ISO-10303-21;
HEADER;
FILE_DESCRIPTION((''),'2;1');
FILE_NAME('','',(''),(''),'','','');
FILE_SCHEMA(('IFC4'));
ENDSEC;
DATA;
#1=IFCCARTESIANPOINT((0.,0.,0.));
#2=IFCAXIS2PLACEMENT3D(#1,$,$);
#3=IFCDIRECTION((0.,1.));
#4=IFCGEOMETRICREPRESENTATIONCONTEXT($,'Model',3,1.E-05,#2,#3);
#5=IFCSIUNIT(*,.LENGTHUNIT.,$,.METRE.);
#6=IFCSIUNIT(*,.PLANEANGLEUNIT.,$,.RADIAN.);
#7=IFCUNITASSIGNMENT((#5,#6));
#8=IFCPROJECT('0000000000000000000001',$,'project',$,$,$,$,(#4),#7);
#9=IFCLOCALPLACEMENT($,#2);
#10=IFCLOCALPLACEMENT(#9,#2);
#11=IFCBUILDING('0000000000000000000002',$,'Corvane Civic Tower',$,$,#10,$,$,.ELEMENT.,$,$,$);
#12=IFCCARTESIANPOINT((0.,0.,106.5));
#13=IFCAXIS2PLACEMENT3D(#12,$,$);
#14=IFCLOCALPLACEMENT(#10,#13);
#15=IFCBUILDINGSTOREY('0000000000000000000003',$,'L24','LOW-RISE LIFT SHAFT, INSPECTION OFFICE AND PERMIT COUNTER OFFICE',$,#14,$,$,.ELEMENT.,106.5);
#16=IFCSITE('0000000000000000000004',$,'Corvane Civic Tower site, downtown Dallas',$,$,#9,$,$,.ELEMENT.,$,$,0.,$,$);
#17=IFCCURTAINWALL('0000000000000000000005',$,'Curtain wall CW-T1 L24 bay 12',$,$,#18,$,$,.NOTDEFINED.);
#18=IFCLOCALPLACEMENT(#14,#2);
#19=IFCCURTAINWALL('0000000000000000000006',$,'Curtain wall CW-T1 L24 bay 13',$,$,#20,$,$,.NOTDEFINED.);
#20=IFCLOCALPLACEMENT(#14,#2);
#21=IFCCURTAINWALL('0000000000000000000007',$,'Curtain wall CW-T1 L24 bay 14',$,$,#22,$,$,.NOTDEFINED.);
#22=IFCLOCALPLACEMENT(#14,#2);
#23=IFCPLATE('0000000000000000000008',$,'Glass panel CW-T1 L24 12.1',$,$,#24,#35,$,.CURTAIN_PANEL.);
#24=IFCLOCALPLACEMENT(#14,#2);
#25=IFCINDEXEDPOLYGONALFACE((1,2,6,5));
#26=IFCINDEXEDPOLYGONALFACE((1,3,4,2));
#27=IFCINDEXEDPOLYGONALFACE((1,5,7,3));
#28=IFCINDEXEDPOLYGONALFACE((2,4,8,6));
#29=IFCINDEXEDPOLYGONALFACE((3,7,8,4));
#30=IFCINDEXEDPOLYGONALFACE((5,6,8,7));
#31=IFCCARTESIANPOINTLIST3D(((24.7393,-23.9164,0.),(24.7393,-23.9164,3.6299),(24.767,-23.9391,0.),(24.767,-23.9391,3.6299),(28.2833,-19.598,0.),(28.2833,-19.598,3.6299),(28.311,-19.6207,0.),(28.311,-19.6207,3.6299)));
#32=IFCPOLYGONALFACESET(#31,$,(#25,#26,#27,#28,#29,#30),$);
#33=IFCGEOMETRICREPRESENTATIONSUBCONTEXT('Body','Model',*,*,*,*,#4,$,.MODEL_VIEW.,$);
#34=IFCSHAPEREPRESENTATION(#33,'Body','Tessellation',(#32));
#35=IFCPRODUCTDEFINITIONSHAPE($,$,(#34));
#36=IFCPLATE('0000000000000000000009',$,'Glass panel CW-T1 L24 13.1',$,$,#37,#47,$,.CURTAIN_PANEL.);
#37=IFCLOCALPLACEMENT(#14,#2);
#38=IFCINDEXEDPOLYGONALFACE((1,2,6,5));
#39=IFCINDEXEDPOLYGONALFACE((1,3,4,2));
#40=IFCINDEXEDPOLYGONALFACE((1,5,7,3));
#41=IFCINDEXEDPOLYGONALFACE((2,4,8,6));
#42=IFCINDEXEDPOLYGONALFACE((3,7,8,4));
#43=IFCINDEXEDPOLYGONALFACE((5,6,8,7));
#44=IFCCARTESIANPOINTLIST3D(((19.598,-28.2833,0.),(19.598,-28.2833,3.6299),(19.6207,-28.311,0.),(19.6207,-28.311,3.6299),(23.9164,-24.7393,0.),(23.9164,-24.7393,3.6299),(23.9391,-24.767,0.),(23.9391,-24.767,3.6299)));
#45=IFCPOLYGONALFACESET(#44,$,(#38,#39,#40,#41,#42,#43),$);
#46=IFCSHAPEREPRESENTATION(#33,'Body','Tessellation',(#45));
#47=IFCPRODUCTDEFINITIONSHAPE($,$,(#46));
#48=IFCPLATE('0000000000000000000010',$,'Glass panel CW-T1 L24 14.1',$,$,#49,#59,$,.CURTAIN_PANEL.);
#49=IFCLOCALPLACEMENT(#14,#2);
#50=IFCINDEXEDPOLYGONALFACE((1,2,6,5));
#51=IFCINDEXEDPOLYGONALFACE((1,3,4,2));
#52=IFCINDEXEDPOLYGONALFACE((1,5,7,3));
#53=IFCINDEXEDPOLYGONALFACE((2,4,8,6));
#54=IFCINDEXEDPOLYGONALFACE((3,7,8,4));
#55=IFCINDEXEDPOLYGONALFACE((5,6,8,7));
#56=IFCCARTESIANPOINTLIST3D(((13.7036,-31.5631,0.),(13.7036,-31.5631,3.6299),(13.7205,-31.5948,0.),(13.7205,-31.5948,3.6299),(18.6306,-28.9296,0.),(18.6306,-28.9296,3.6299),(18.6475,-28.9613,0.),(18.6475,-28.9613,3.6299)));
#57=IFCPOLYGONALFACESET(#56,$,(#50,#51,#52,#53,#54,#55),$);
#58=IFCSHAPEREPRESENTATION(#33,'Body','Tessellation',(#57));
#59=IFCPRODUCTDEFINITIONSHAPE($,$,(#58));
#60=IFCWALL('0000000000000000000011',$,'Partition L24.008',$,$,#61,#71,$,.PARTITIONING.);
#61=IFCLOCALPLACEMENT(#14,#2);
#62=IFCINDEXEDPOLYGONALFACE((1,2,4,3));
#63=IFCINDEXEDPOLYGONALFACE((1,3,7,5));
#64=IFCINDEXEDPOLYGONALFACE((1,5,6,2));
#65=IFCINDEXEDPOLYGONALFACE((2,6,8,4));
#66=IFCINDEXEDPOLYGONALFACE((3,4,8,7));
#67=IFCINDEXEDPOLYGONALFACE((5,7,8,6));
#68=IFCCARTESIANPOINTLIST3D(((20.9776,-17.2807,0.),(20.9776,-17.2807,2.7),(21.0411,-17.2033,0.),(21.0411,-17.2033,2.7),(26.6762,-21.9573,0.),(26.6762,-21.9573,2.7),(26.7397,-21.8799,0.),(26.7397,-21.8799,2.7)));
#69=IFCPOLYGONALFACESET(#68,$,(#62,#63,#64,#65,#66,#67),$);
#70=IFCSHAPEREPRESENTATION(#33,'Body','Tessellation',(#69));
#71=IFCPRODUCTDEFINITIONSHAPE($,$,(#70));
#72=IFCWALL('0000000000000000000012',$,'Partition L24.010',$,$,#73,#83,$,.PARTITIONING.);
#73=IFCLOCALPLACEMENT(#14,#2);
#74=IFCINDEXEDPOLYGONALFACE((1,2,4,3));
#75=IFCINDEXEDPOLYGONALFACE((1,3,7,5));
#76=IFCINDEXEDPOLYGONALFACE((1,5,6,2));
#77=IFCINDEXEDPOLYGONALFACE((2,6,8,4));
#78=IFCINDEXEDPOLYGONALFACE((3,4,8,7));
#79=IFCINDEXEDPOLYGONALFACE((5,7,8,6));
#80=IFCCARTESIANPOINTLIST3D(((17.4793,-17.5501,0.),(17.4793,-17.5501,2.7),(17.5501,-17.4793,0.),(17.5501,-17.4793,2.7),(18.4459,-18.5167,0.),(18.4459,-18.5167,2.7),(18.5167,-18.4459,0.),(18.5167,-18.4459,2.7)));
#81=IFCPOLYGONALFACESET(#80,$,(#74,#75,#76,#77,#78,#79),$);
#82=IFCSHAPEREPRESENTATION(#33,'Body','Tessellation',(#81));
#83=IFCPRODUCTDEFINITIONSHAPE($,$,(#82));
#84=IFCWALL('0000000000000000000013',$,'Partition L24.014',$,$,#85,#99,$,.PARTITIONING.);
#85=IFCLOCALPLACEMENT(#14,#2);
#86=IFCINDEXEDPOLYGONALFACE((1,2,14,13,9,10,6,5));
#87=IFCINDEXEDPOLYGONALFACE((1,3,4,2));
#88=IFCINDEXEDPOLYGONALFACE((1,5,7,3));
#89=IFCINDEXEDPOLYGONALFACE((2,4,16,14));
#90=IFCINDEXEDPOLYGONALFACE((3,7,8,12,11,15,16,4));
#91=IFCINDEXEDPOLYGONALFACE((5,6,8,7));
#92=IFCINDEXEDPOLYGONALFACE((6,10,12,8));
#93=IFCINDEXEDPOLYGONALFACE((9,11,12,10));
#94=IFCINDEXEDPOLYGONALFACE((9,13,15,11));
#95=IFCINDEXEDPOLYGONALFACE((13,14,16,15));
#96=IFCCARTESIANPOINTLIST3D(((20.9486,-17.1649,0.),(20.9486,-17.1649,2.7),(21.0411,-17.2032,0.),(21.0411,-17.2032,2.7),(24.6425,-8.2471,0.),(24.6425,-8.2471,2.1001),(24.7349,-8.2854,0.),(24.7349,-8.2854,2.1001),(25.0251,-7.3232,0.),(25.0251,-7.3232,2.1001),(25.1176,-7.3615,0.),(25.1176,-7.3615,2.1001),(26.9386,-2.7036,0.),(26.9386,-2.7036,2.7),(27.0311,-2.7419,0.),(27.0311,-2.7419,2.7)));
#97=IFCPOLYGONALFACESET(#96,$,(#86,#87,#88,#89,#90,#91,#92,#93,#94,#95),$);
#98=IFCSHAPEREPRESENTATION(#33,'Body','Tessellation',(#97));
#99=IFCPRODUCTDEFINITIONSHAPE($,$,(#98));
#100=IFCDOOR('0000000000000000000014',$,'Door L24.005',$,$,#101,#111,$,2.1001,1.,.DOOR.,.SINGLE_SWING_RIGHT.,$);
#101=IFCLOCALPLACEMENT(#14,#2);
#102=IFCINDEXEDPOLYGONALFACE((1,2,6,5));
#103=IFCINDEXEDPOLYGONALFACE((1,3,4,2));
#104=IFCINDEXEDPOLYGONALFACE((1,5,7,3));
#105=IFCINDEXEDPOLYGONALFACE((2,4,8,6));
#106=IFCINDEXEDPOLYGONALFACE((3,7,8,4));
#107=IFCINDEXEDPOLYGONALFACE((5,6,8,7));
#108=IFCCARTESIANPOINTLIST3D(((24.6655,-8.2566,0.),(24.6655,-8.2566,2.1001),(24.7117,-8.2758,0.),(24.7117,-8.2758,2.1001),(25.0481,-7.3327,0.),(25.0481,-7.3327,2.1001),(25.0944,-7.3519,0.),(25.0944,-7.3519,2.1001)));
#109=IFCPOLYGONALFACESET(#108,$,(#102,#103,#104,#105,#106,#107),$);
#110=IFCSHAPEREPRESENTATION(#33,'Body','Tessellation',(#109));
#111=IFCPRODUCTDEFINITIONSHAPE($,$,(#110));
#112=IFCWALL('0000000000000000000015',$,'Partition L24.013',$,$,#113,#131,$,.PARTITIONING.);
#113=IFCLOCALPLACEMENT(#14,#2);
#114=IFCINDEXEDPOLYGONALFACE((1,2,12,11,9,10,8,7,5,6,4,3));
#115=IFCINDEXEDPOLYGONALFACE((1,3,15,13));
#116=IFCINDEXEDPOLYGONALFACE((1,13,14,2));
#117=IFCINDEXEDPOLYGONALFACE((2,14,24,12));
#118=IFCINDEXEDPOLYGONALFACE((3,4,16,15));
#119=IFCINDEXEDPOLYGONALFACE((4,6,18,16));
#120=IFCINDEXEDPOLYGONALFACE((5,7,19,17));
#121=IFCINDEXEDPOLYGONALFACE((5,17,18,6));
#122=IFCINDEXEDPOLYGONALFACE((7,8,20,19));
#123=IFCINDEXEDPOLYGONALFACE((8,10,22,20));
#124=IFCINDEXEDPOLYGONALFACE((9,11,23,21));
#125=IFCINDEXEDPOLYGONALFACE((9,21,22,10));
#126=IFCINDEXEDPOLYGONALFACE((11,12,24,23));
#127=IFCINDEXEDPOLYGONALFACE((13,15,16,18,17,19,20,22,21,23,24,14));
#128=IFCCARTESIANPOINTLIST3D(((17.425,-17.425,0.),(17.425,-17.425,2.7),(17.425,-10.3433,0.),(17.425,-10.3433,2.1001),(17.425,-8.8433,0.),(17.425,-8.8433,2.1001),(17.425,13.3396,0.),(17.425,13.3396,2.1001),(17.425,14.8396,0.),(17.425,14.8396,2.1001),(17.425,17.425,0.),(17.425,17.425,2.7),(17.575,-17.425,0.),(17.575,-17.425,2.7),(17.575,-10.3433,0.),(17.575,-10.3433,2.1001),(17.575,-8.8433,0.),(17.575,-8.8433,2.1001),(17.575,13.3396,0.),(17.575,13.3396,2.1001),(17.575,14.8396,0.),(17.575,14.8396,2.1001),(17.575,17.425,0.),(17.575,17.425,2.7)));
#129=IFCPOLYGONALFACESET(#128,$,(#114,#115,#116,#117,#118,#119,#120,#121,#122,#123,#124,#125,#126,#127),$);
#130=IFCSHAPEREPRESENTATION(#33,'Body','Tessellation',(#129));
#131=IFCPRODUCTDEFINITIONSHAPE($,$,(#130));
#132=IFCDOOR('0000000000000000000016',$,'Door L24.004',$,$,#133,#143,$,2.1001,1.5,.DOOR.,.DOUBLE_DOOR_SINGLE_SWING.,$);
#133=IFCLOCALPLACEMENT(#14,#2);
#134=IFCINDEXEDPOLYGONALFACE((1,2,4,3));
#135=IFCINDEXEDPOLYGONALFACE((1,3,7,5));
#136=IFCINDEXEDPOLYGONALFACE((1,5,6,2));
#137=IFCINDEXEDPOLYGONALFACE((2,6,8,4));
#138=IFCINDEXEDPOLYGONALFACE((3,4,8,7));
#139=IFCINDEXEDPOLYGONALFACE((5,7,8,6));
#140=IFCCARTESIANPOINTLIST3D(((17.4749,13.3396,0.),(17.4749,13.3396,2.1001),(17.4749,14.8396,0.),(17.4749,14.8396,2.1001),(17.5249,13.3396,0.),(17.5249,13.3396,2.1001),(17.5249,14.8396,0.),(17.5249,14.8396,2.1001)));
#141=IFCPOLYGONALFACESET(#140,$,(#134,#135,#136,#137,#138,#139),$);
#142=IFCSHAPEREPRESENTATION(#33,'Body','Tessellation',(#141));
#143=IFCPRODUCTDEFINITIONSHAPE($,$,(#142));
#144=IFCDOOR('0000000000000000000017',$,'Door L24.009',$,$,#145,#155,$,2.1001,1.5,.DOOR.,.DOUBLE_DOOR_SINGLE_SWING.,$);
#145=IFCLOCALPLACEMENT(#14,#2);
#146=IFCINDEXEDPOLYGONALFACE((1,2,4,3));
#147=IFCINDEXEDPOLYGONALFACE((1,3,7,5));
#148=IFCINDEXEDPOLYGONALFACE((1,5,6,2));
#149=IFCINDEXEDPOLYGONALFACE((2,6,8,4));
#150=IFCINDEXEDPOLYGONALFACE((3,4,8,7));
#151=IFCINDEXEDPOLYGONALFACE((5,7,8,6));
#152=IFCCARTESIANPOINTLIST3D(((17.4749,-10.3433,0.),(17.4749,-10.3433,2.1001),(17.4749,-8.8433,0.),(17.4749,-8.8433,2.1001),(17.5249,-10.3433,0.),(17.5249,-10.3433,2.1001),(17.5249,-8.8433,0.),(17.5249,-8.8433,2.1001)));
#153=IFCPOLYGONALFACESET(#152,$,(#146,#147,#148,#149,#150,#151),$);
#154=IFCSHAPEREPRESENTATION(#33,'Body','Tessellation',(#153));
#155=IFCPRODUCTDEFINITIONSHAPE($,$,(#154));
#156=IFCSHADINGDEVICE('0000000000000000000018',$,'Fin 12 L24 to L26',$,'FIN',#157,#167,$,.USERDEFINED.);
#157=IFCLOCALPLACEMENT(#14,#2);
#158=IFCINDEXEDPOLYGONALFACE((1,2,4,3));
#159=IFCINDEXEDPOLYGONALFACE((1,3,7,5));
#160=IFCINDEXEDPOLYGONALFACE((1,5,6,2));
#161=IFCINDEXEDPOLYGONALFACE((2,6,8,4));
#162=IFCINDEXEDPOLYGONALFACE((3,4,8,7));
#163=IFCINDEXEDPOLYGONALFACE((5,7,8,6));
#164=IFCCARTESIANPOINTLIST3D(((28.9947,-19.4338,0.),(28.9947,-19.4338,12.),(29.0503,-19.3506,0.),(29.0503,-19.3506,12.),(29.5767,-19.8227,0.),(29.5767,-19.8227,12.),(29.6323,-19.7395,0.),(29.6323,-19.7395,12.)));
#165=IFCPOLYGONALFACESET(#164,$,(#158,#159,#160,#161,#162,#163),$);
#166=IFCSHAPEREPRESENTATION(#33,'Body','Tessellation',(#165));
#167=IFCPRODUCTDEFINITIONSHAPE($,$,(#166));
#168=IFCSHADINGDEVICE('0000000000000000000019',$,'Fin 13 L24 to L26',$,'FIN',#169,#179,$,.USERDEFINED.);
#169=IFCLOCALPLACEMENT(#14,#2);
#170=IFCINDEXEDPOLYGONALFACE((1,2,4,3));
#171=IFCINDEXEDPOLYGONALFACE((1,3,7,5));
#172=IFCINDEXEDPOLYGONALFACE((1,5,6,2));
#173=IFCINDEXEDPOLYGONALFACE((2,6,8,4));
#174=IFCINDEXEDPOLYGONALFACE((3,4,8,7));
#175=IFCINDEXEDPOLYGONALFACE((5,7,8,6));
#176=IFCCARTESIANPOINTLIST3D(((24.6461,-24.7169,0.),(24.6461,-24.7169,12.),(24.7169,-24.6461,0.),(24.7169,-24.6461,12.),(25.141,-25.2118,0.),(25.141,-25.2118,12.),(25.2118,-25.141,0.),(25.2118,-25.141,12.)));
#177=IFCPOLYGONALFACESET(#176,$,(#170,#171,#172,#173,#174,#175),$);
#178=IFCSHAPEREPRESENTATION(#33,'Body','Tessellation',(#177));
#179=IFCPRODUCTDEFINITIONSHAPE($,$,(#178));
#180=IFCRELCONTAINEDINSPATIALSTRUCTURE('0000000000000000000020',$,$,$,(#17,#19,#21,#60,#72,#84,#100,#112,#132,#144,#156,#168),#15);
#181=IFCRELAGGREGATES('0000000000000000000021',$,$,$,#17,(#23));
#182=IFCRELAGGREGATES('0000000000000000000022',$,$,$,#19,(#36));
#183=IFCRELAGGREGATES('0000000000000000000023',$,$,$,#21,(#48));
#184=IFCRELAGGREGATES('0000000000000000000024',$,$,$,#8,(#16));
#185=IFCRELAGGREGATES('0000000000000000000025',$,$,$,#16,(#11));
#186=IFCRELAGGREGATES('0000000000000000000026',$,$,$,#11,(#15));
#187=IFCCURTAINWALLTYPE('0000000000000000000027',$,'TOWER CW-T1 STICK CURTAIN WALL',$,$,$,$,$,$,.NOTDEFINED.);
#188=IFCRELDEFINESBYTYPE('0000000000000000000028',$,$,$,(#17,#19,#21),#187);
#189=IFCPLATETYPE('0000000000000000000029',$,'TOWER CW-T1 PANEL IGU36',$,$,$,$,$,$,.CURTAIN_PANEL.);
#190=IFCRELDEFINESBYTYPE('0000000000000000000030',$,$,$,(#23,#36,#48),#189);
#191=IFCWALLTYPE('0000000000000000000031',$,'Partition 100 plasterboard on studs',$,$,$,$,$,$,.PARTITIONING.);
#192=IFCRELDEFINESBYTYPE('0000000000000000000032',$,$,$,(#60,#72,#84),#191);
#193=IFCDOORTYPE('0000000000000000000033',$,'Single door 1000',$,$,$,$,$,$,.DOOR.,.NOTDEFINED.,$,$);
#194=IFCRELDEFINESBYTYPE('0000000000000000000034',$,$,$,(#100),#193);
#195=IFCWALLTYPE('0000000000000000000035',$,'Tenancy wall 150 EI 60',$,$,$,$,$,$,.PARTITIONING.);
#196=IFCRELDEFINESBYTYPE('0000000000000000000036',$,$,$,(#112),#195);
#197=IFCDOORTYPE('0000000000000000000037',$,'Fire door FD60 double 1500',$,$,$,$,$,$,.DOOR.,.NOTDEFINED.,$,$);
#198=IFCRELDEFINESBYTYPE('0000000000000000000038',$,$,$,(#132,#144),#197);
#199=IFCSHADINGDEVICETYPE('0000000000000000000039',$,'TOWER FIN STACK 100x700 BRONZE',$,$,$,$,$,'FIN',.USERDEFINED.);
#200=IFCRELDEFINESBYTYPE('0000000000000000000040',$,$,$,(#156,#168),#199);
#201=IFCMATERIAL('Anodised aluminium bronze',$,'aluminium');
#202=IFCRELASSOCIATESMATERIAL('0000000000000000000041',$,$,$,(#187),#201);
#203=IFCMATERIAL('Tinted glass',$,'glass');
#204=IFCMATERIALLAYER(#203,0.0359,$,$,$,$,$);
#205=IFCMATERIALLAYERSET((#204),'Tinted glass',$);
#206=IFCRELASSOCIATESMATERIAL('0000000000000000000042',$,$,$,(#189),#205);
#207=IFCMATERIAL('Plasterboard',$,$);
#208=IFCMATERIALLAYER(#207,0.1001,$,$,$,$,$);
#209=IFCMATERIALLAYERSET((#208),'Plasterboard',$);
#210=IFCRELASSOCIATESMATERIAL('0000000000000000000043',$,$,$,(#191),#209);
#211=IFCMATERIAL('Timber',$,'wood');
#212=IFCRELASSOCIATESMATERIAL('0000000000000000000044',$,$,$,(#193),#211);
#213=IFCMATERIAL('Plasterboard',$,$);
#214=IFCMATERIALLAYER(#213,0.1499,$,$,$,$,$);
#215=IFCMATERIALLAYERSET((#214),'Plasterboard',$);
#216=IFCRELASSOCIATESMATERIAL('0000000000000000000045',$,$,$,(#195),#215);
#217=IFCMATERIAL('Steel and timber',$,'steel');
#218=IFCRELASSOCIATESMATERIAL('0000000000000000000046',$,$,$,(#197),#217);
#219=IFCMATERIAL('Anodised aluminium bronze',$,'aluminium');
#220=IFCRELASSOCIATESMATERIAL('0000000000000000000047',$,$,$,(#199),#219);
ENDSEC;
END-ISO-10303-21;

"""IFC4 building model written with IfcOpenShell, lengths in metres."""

from ifc_helpers import new_model, si_unit, direction, frame, frame_2d, origin, origin_2d, place, context, subcontext, project, spatial, rectangle, extrude, material, layer, layer_set, material_profile, profile_set, type_object, element, fill, aggregate, save


model = new_model("IFC4")

# Units and contexts
model_context = context("Model", 3, precision=1e-05, world=origin(), true_north=direction((0.0, 1.0)))
body_context = subcontext(model_context, "Body", "Model", "MODEL_VIEW")
ifc_project = project(units=[si_unit("LENGTHUNIT", "METRE"), si_unit("PLANEANGLEUNIT", "RADIAN")], contexts=[model_context])

# Site, building, storey
site_placement = place(None, origin())
site = spatial("IfcSite", under=ifc_project, at=site_placement, Name="Corvane Civic Tower site, downtown Dallas", CompositionType="ELEMENT", RefElevation=0.0)
building_placement = place(site_placement, origin())
building = spatial("IfcBuilding", under=site, at=building_placement, Name="Corvane Civic Tower", CompositionType="ELEMENT")
storey_placement = place(building_placement, frame((0.0, 0.0, 106.5)))
storey = spatial("IfcBuildingStorey", under=building, at=storey_placement, Name="L24", Description="LOW-RISE LIFT SHAFT, INSPECTION OFFICE AND PERMIT COUNTER OFFICE", CompositionType="ELEMENT", Elevation=106.5)

# Curtain walls
ifc_material_1 = material(Name="Anodised aluminium bronze", Category="aluminium")
curtain_wall_type = type_object("IfcCurtainWallType", Name="TOWER CW-T1 STICK CURTAIN WALL", PredefinedType="NOTDEFINED", material=ifc_material_1)
curtain_wall_1_placement = place(storey_placement, origin())
curtain_wall_1 = element("IfcCurtainWall", 1, at=curtain_wall_1_placement, inside=storey, type_object=curtain_wall_type, Name="Curtain wall CW-T1 L24 bay 12", PredefinedType="NOTDEFINED")
curtain_wall_2_placement = place(storey_placement, origin())
curtain_wall_2 = element("IfcCurtainWall", 2, at=curtain_wall_2_placement, inside=storey, type_object=curtain_wall_type, Name="Curtain wall CW-T1 L24 bay 13", PredefinedType="NOTDEFINED")
curtain_wall_3_placement = place(storey_placement, origin())
curtain_wall_3 = element("IfcCurtainWall", 3, at=curtain_wall_3_placement, inside=storey, type_object=curtain_wall_type, Name="Curtain wall CW-T1 L24 bay 14", PredefinedType="NOTDEFINED")

# Plates
ifc_material_2 = material(Name="Tinted glass", Category="glass")
ifc_layer_1 = layer(ifc_material_2, 0.0359)
ifc_layer_set_1 = layer_set([ifc_layer_1], Name="Tinted glass")
plate_type = type_object("IfcPlateType", Name="TOWER CW-T1 PANEL IGU36", PredefinedType="CURTAIN_PANEL", material=ifc_layer_set_1)
plate_1_placement = place(storey_placement, frame((26.5251, -21.7686, 0.0), z_axis=(0.0, 0.0, 1.0), x_axis=(-0.63439, -0.773013, 0.0)))
plate_1 = element("IfcPlate", 4, at=plate_1_placement, type_object=plate_type, Name="Glass panel CW-T1 L24 12.1", PredefinedType="CURTAIN_PANEL", context=body_context, shape_type="SweptSolid", body=[
    extrude(rectangle(XDim=5.5864, YDim=0.0359, at=origin_2d()), origin(), (0.0, 0.0, 1.0), 3.6299),
])
aggregate(curtain_wall_1, [plate_1])
plate_2_placement = place(storey_placement, frame((21.7686, -26.5251, 0.0), z_axis=(0.0, 0.0, 1.0), x_axis=(-0.773013, -0.63439, 0.0)))
plate_2 = element("IfcPlate", 5, at=plate_2_placement, type_object=plate_type, Name="Glass panel CW-T1 L24 13.1", PredefinedType="CURTAIN_PANEL", context=body_context, shape_type="SweptSolid", body=[
    extrude(rectangle(XDim=5.5864, YDim=0.0359, at=origin_2d()), origin(), (0.0, 0.0, 1.0), 3.6299),
])
aggregate(curtain_wall_2, [plate_2])
plate_3_placement = place(storey_placement, frame((16.1755, -30.2622, 0.0), z_axis=(0.0, 0.0, 1.0), x_axis=(-0.881924, -0.471392, 0.0)))
plate_3 = element("IfcPlate", 6, at=plate_3_placement, type_object=plate_type, Name="Glass panel CW-T1 L24 14.1", PredefinedType="CURTAIN_PANEL", context=body_context, shape_type="SweptSolid", body=[
    extrude(rectangle(XDim=5.5867, YDim=0.0359, at=origin_2d()), origin(), (0.0, 0.0, 1.0), 3.6299),
])
aggregate(curtain_wall_3, [plate_3])

# Walls
ifc_material_3 = material(Name="Plasterboard")
ifc_layer_2 = layer(ifc_material_3, 0.1001)
ifc_layer_set_2 = layer_set([ifc_layer_2], Name="Plasterboard")
wall_type_1 = type_object("IfcWallType", Name="Partition 100 plasterboard on studs", PredefinedType="PARTITIONING", material=ifc_layer_set_2)
wall_1_placement = place(storey_placement, frame((21.0093, -17.2419, 0.0), z_axis=(0.0, 0.0, 1.0), x_axis=(0.773018, -0.634384, 0.0)))
element("IfcWall", 7, at=wall_1_placement, inside=storey, type_object=wall_type_1, Name="Partition L24.008", PredefinedType="PARTITIONING", context=body_context, shape_type="SweptSolid", body=[
    extrude(rectangle(XDim=7.3718, YDim=0.1001, at=frame_2d((3.686, 0.0))), origin(), (0.0, 0.0, 1.0), 2.7),
])
wall_2_placement = place(storey_placement, frame((17.5146, -17.5146, 0.0), z_axis=(0.0, 0.0, 1.0), x_axis=(0.707107, -0.707107, 0.0)))
element("IfcWall", 8, at=wall_2_placement, inside=storey, type_object=wall_type_1, Name="Partition L24.010", PredefinedType="PARTITIONING", context=body_context, shape_type="SweptSolid", body=[
    extrude(rectangle(XDim=1.3669, YDim=0.1001, at=frame_2d((0.6836, 0.0))), origin(), (0.0, 0.0, 1.0), 2.7),
])

# Wall, opening, door
wall_3_placement = place(storey_placement, frame((20.9949, -17.1841, 0.0), z_axis=(0.0, 0.0, 1.0), x_axis=(0.382676, 0.923882, 0.0)))
wall_3 = element("IfcWall", 9, at=wall_3_placement, inside=storey, type_object=wall_type_1, Name="Partition L24.014", PredefinedType="PARTITIONING", context=body_context, shape_type="SweptSolid", body=[
    extrude(rectangle(XDim=15.6528, YDim=0.1001, at=frame_2d((7.8264, 0.0))), origin(), (0.0, 0.0, 1.0), 2.7),
])
opening_1_placement = place(wall_3_placement, frame((9.6526, 0.0, 0.0)))
opening_1 = element("IfcOpeningElement", 10, at=opening_1_placement, cuts=wall_3, PredefinedType="OPENING", context=body_context, shape_type="SweptSolid", body=[
    extrude(rectangle(XDim=1.0, YDim=2.1001, at=frame_2d((0.5, 1.05))), frame((0.0, 0.0601, 0.0), z_axis=(0.0, -1.0, 0.0), x_axis=(1.0, 0.0, 0.0)), (0.0, 0.0, 1.0), 0.1201),
])
ifc_material_4 = material(Name="Timber", Category="wood")
door_type_1 = type_object("IfcDoorType", Name="Single door 1000", OperationType="NOTDEFINED", PredefinedType="DOOR", material=ifc_material_4)
door_1_placement = place(opening_1_placement, frame((1.0, 0.0, 0.0), z_axis=(0.0, 0.0, 1.0), x_axis=(-1.0, 0.0, 0.0)))
door_1 = element("IfcDoor", 11, at=door_1_placement, inside=storey, type_object=door_type_1, Name="Door L24.005", OperationType="SINGLE_SWING_RIGHT", OverallHeight=2.1001, OverallWidth=1.0, PredefinedType="DOOR", context=body_context, shape_type="SweptSolid", body=[
    extrude(rectangle(XDim=1.0, YDim=2.1001, at=frame_2d((0.5, 1.05))), frame((0.0, 0.0249, 0.0), z_axis=(0.0, -1.0, 0.0), x_axis=(1.0, 0.0, 0.0)), (0.0, 0.0, 1.0), 0.05),
])
fill(opening_1, door_1)

# Wall, openings, doors
ifc_material_5 = material(Name="Plasterboard")
ifc_layer_3 = layer(ifc_material_5, 0.1499)
ifc_layer_set_3 = layer_set([ifc_layer_3], Name="Plasterboard")
wall_type_2 = type_object("IfcWallType", Name="Tenancy wall 150 EI 60", PredefinedType="PARTITIONING", material=ifc_layer_set_3)
wall_4_placement = place(storey_placement, frame((17.5, -17.425, 0.0), z_axis=(0.0, 0.0, 1.0), x_axis=(0.0, 1.0, 0.0)))
wall_4 = element("IfcWall", 12, at=wall_4_placement, inside=storey, type_object=wall_type_2, Name="Partition L24.013", PredefinedType="PARTITIONING", context=body_context, shape_type="SweptSolid", body=[
    extrude(rectangle(XDim=34.8501, YDim=0.1499, at=frame_2d((17.425, 0.0))), origin(), (0.0, 0.0, 1.0), 2.7),
])
opening_2_placement = place(wall_4_placement, frame((30.7646, 0.0, 0.0)))
opening_2 = element("IfcOpeningElement", 13, at=opening_2_placement, cuts=wall_4, PredefinedType="OPENING", context=body_context, shape_type="SweptSolid", body=[
    extrude(rectangle(XDim=1.5, YDim=2.1001, at=frame_2d((0.75, 1.05))), frame((0.0, 0.085, 0.0), z_axis=(0.0, -1.0, 0.0), x_axis=(1.0, 0.0, 0.0)), (0.0, 0.0, 1.0), 0.1699),
])
opening_3_placement = place(wall_4_placement, frame((7.0818, 0.0, 0.0)))
opening_3 = element("IfcOpeningElement", 14, at=opening_3_placement, cuts=wall_4, PredefinedType="OPENING", context=body_context, shape_type="SweptSolid", body=[
    extrude(rectangle(XDim=1.5, YDim=2.1001, at=frame_2d((0.75, 1.05))), frame((0.0, 0.085, 0.0), z_axis=(0.0, -1.0, 0.0), x_axis=(1.0, 0.0, 0.0)), (0.0, 0.0, 1.0), 0.1699),
])
ifc_material_6 = material(Name="Steel and timber", Category="steel")
door_type_2 = type_object("IfcDoorType", Name="Fire door FD60 double 1500", OperationType="NOTDEFINED", PredefinedType="DOOR", material=ifc_material_6)
door_2_placement = place(opening_2_placement, frame((1.5, 0.0, 0.0), z_axis=(0.0, 0.0, 1.0), x_axis=(-1.0, 0.0, 0.0)))
door_2 = element("IfcDoor", 15, at=door_2_placement, inside=storey, type_object=door_type_2, Name="Door L24.004", OperationType="DOUBLE_DOOR_SINGLE_SWING", OverallHeight=2.1001, OverallWidth=1.5, PredefinedType="DOOR", context=body_context, shape_type="SweptSolid", body=[
    extrude(rectangle(XDim=1.5, YDim=2.1001, at=frame_2d((0.75, 1.05))), frame((0.0, 0.0249, 0.0), z_axis=(0.0, -1.0, 0.0), x_axis=(1.0, 0.0, 0.0)), (0.0, 0.0, 1.0), 0.05),
])
fill(opening_2, door_2)
door_3_placement = place(opening_3_placement, frame((1.5, 0.0, 0.0), z_axis=(0.0, 0.0, 1.0), x_axis=(-1.0, 0.0, 0.0)))
door_3 = element("IfcDoor", 16, at=door_3_placement, inside=storey, type_object=door_type_2, Name="Door L24.009", OperationType="DOUBLE_DOOR_SINGLE_SWING", OverallHeight=2.1001, OverallWidth=1.5, PredefinedType="DOOR", context=body_context, shape_type="SweptSolid", body=[
    extrude(rectangle(XDim=1.5, YDim=2.1001, at=frame_2d((0.75, 1.05))), frame((0.0, 0.0249, 0.0), z_axis=(0.0, -1.0, 0.0), x_axis=(1.0, 0.0, 0.0)), (0.0, 0.0, 1.0), 0.05),
])
fill(opening_3, door_3)

# Shading devices
ifc_material_7 = material(Name="Anodised aluminium bronze", Category="aluminium")
ifc_material_profile_1 = material_profile(ifc_material_7, rectangle(XDim=0.1001, YDim=0.7, at=origin_2d()), Name="TOWER FIN STACK 100x700 BRONZE")
ifc_profile_set_1 = profile_set([ifc_material_profile_1], Name="Anodised aluminium bronze")
shading_device_type = type_object("IfcShadingDeviceType", Name="TOWER FIN STACK 100x700 BRONZE", ElementType="FIN", PredefinedType="USERDEFINED", material=ifc_profile_set_1)
for number, where, z_axis, x_axis, name in (
    (17, (29.3135, -19.5867, 0.0), (0.0, 0.0, 1.0), (-0.55557, -0.83147, 0.0), "Fin 12 L24 to L26"),
    (18, (24.929, -24.929, 0.0), (0.0, 0.0, 1.0), (-0.707107, -0.707107, 0.0), "Fin 13 L24 to L26"),
):
    element("IfcShadingDevice", number, at=place(storey_placement, frame(where, z_axis=z_axis, x_axis=x_axis)), inside=storey, type_object=shading_device_type, Name=name, ObjectType="FIN", PredefinedType="USERDEFINED", context=body_context, shape_type="SweptSolid", body=[
        extrude(rectangle(XDim=0.1001, YDim=0.7, at=origin_2d()), origin(), (0.0, 0.0, 1.0), 12.0),
    ])

save(model, "model.ifc")
